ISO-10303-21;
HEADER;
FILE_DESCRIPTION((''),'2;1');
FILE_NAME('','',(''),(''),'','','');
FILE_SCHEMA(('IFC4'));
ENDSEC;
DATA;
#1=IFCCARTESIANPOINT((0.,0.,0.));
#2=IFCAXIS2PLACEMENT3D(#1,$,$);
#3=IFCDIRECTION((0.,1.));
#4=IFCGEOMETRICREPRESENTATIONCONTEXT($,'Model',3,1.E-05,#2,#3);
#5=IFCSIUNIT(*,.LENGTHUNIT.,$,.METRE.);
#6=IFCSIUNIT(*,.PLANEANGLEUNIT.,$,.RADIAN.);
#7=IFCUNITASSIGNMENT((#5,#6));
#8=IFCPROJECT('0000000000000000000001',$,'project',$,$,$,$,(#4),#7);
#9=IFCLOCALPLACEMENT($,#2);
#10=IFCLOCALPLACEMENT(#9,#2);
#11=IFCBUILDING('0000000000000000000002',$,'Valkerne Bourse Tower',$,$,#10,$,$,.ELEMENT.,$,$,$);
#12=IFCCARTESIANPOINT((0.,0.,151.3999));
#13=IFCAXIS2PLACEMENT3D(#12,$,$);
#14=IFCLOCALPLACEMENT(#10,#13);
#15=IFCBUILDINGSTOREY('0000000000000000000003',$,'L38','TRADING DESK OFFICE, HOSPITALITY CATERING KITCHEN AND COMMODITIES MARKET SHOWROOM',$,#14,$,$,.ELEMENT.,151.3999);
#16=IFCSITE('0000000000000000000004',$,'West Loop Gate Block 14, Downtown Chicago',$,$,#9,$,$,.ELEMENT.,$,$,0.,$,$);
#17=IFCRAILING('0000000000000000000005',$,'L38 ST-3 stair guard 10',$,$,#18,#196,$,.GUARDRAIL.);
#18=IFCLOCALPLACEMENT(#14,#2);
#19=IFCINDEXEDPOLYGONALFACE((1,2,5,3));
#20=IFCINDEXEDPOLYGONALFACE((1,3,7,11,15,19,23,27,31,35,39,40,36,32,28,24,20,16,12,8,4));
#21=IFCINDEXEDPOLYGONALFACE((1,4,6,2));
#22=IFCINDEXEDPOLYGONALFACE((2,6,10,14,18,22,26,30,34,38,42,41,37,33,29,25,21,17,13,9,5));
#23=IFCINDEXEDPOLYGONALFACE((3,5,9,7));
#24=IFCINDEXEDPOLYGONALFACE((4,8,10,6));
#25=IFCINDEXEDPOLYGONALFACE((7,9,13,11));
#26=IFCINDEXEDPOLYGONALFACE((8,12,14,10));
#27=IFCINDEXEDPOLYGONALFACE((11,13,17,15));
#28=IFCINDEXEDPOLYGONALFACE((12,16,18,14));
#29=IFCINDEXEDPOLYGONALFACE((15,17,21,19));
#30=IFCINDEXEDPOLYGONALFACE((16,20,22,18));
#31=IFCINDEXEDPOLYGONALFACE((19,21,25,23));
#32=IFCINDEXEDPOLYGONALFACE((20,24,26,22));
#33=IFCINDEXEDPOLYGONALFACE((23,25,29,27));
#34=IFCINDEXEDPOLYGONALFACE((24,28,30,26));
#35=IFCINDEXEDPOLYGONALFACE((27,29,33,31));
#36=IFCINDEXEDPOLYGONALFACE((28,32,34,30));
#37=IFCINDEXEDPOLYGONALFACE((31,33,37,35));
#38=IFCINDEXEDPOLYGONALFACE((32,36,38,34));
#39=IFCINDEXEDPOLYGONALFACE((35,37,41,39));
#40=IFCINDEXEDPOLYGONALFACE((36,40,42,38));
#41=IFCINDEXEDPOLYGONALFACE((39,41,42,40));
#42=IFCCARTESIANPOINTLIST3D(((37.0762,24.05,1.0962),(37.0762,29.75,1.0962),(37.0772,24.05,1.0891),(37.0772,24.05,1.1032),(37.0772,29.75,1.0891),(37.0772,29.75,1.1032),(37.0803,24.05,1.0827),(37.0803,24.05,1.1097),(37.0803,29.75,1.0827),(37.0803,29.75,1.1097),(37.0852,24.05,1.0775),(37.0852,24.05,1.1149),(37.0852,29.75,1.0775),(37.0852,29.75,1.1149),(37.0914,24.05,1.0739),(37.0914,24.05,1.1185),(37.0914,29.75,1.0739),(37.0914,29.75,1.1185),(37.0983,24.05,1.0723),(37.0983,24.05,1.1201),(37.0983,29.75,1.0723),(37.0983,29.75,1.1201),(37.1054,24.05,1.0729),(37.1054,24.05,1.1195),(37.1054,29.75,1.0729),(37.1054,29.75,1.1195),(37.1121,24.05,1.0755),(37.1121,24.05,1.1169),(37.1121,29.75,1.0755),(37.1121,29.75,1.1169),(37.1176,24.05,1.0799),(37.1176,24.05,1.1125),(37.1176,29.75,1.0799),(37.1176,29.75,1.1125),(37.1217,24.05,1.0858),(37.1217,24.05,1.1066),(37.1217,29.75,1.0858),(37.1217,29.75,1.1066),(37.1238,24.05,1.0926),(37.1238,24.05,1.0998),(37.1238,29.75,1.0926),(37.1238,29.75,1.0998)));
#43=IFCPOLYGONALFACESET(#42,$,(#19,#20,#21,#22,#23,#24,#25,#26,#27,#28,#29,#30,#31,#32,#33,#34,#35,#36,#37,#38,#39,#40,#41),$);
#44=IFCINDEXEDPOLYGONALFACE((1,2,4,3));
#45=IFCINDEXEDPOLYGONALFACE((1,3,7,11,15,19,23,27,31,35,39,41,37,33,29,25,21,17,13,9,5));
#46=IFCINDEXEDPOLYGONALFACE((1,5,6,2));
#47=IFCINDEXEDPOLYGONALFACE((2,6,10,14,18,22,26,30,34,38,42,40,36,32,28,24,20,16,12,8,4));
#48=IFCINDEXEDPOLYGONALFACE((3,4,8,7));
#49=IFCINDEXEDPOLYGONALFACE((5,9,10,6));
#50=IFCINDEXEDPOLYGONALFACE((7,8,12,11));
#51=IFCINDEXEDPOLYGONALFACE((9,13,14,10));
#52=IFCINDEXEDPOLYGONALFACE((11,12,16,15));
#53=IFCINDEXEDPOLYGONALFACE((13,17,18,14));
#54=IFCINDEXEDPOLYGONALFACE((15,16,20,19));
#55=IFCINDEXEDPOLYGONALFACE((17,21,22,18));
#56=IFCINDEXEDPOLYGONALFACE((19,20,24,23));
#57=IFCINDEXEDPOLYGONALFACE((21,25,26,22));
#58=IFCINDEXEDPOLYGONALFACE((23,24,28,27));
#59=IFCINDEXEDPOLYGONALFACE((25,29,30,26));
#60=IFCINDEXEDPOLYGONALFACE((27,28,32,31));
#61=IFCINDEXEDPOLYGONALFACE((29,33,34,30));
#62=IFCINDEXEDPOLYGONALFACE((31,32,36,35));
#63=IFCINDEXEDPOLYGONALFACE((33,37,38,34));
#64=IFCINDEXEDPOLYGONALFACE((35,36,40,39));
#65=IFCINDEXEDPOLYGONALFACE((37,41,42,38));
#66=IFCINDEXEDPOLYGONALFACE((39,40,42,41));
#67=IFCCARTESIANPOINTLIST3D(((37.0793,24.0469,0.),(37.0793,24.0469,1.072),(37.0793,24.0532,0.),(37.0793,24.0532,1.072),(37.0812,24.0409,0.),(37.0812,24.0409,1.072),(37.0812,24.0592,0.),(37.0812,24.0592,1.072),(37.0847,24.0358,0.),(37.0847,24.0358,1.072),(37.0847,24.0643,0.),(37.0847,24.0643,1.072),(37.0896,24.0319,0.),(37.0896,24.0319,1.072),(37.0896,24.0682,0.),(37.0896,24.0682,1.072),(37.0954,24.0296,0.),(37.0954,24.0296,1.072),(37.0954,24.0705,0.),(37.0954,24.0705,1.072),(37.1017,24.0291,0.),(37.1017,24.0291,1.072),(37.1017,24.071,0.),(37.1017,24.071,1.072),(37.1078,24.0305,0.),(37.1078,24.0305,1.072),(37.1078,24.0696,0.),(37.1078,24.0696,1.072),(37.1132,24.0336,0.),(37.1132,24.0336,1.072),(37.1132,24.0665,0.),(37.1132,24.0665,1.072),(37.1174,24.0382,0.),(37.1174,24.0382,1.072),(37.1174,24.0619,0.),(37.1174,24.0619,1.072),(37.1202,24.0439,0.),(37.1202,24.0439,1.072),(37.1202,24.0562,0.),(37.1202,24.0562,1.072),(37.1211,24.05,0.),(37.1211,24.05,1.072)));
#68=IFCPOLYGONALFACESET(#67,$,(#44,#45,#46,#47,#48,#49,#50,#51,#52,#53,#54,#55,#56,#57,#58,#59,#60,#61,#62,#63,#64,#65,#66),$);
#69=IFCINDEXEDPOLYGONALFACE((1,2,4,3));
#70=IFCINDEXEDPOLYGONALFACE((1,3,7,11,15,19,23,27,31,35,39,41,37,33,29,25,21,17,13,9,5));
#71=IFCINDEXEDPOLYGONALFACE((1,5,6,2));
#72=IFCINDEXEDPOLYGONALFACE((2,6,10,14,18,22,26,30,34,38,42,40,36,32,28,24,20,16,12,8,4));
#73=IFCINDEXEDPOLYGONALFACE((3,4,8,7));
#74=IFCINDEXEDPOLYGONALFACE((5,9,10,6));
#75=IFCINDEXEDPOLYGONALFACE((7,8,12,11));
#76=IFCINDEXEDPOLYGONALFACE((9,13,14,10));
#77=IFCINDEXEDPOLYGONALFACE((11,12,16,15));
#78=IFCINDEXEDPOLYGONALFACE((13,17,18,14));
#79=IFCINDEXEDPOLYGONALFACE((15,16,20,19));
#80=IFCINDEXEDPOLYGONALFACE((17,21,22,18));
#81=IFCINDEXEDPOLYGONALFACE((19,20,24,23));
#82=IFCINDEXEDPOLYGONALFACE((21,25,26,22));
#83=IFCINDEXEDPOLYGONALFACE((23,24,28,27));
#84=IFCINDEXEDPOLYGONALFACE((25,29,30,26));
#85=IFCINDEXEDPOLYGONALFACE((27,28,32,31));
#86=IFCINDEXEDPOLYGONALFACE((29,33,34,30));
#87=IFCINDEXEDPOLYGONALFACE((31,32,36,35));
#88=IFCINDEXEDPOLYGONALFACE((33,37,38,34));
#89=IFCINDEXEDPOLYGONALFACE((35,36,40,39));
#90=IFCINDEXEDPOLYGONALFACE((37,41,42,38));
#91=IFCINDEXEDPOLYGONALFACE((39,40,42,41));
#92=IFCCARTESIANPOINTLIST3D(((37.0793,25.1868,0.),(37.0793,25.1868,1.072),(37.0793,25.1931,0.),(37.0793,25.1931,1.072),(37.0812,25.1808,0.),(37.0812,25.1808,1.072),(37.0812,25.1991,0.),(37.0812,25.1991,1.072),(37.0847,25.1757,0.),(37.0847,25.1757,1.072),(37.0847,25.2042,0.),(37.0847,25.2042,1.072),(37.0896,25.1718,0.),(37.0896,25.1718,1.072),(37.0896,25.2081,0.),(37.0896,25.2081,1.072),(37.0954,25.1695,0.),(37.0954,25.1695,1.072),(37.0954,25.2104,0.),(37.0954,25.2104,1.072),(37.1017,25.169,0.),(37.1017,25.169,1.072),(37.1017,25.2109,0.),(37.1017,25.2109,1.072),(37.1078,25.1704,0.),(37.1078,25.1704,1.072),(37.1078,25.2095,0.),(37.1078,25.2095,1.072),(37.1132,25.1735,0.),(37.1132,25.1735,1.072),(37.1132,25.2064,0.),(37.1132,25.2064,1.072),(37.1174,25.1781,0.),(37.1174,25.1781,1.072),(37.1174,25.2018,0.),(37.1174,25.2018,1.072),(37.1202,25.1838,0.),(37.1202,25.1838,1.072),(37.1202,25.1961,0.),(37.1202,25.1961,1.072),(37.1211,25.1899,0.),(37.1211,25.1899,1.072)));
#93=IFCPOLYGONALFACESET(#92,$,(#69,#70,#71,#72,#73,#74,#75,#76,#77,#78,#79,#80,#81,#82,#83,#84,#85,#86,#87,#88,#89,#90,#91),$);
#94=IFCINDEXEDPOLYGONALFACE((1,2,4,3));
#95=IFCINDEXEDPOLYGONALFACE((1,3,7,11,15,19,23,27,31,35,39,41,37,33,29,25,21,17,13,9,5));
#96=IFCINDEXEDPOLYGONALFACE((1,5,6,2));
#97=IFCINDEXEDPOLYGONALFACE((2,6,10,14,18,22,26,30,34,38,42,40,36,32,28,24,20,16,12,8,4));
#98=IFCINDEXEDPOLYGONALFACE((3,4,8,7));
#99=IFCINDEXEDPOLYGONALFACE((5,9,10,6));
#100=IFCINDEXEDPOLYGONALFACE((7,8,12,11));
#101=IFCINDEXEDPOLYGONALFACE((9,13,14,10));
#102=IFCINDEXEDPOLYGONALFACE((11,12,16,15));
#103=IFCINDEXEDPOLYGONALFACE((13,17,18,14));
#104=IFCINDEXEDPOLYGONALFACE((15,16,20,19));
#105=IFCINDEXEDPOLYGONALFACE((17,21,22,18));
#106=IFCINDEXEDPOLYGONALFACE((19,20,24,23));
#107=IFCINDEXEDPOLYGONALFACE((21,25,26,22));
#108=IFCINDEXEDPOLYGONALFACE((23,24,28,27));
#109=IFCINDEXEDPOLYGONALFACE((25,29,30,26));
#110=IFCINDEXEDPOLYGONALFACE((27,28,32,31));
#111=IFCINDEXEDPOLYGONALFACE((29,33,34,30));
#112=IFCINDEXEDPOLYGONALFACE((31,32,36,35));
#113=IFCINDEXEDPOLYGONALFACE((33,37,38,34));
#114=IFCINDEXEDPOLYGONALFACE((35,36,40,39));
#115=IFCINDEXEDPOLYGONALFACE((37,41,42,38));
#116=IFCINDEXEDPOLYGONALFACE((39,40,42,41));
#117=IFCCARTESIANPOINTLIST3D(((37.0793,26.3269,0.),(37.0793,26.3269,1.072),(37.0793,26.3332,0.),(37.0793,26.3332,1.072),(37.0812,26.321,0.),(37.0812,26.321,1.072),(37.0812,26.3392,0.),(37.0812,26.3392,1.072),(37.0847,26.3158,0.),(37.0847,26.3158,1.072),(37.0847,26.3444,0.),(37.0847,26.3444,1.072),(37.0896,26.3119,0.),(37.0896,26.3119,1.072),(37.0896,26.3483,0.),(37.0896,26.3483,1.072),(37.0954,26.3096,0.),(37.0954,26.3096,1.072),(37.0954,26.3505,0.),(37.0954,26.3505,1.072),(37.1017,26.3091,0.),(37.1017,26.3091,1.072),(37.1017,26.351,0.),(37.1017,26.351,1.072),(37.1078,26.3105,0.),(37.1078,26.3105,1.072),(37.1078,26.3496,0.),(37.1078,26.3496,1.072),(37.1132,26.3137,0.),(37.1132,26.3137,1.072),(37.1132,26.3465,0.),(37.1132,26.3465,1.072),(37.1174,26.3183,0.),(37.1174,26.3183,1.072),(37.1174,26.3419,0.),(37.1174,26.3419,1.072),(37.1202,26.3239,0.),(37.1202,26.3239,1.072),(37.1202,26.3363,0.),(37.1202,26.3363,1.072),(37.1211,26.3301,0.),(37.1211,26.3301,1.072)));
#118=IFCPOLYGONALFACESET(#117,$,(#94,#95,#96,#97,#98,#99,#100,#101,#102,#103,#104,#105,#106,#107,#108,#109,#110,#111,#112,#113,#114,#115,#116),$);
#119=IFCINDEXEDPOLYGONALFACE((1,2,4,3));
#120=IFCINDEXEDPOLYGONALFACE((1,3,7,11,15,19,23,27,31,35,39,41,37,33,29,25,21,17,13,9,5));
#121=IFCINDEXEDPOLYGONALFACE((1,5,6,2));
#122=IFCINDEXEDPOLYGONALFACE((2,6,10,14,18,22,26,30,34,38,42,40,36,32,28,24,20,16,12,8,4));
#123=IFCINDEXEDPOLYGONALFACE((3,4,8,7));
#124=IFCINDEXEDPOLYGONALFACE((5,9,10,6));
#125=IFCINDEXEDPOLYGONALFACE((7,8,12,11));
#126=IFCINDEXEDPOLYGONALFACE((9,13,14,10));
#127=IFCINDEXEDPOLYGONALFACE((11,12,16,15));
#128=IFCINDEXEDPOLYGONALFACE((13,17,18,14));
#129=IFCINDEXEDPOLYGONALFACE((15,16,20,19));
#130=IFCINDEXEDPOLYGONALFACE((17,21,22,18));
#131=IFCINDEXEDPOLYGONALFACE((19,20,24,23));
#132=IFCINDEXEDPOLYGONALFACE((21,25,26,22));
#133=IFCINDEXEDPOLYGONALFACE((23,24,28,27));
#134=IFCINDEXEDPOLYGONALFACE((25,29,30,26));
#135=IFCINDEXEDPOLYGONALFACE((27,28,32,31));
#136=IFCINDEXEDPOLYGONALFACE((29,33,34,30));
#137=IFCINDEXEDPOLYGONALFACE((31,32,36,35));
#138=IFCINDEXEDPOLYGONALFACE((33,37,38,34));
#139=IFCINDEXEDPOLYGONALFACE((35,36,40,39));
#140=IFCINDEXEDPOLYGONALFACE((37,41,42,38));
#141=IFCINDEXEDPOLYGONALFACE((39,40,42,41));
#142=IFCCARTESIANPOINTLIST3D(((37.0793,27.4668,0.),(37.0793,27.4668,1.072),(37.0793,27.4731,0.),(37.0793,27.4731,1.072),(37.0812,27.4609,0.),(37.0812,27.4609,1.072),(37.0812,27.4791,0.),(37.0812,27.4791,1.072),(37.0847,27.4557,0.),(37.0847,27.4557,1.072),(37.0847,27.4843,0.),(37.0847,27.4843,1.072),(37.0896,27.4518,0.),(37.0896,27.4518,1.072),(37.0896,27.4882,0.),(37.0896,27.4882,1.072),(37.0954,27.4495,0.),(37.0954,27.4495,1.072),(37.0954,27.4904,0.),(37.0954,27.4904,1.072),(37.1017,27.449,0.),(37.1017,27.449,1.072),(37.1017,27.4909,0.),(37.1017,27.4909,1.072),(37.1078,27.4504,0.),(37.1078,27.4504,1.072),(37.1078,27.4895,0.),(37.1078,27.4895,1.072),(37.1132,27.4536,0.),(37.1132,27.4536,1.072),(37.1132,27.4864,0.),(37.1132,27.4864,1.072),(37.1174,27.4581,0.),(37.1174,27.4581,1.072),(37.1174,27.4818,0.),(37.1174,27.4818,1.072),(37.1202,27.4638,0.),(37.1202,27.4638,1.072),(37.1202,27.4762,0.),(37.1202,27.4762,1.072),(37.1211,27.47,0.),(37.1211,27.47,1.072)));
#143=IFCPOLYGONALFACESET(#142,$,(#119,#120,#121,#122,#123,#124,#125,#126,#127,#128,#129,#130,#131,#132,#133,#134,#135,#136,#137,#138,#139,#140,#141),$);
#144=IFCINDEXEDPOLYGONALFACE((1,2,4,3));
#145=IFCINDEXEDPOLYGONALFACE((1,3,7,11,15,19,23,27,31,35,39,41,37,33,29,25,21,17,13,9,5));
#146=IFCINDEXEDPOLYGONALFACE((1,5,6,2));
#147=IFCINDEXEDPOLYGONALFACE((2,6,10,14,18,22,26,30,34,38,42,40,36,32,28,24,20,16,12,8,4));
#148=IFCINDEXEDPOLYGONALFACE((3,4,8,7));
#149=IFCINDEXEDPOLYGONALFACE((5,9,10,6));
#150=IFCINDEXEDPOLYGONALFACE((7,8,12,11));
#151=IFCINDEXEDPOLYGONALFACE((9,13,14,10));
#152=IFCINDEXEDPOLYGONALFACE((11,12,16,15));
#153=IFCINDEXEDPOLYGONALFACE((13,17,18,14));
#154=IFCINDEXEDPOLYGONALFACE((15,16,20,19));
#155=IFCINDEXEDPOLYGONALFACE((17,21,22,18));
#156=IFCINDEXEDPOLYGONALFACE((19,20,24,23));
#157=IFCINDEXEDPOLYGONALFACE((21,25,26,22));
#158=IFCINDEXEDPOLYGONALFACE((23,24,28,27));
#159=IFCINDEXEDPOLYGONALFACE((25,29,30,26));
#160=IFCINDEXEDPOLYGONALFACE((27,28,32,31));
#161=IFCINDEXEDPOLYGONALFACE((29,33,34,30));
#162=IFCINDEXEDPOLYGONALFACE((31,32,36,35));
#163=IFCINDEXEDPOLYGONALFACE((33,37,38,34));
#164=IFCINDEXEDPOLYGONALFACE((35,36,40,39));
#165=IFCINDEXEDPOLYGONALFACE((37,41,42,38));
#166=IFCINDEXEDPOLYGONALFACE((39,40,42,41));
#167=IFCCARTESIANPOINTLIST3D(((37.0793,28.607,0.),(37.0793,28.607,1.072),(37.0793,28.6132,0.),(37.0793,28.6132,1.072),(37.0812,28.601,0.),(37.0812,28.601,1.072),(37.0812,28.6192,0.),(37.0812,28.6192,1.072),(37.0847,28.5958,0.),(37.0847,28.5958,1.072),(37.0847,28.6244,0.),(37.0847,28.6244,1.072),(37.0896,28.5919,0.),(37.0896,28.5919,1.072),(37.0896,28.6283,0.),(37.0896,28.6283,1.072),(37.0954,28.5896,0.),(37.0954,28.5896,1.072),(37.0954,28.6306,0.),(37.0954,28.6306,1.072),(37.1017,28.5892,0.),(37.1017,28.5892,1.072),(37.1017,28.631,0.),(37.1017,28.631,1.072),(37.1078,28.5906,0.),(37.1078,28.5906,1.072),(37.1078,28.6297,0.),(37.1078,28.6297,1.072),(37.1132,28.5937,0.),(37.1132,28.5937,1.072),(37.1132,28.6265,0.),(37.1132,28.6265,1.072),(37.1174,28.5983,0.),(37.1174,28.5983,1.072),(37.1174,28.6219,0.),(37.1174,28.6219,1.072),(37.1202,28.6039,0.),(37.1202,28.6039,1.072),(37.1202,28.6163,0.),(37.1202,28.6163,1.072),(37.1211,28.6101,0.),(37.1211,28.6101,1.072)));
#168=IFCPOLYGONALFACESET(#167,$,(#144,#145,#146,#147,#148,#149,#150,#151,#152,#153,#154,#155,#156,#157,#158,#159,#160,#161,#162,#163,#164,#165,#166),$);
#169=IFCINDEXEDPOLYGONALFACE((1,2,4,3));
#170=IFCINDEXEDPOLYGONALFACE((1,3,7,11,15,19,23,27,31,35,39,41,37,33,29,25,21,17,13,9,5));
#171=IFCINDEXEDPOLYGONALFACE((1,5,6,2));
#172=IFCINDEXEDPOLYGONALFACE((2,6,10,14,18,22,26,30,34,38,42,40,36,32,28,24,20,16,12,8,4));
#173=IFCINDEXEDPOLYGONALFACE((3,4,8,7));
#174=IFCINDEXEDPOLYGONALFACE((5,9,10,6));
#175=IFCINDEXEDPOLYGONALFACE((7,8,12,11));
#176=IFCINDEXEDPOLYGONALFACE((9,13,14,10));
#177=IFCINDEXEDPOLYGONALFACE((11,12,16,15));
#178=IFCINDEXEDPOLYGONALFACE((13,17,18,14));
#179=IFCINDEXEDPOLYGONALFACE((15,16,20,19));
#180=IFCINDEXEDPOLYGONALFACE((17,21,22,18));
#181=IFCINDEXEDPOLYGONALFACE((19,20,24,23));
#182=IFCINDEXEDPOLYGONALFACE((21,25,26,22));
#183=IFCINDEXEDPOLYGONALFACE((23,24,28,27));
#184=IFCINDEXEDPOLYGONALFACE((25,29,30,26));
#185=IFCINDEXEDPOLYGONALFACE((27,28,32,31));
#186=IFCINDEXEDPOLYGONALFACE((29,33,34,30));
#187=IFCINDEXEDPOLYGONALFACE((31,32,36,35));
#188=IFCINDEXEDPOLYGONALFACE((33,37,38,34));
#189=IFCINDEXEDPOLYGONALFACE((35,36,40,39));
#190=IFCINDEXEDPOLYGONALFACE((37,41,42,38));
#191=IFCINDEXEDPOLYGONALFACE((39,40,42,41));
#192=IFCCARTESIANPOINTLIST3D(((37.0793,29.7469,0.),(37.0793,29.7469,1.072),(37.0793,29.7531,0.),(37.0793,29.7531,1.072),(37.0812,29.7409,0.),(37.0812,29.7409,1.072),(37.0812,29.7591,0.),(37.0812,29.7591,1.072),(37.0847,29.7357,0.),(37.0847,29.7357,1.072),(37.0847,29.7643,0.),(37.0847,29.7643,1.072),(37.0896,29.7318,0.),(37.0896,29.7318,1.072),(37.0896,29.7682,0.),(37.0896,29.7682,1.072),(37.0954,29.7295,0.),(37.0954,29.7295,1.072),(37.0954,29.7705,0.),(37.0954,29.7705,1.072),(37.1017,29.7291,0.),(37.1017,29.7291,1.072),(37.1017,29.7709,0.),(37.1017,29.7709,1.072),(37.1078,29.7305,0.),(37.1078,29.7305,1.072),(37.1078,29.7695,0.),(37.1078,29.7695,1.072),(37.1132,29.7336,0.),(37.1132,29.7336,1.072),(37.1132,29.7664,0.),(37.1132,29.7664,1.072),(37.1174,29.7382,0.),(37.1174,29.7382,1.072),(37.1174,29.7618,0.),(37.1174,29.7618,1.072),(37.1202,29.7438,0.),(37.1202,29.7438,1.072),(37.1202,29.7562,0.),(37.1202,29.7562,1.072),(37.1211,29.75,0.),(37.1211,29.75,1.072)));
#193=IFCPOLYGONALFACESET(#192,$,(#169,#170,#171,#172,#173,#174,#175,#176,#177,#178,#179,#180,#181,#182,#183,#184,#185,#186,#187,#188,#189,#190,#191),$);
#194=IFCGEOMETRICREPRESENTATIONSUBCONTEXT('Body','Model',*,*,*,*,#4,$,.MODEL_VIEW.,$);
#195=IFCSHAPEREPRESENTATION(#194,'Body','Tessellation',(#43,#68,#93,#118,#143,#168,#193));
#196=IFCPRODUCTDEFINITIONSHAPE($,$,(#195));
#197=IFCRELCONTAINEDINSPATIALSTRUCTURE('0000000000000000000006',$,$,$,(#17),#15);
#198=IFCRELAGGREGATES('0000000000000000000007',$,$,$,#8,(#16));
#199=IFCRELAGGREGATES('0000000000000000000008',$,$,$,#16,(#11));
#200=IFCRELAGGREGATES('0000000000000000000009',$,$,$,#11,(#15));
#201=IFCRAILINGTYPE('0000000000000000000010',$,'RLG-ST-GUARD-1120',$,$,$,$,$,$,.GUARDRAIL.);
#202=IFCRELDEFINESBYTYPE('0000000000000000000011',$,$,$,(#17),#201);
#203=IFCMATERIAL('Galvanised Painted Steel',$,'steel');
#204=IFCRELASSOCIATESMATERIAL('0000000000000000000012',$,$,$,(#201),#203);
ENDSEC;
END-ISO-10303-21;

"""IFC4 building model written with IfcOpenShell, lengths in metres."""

from ifc_helpers import new_model, si_unit, direction, frame, origin, origin_2d, place, context, subcontext, project, spatial, circle, extrude, material, type_object, element, save


model = new_model("IFC4")

# Units and contexts
model_context = context("Model", 3, precision=1e-05, world=origin(), true_north=direction((0.0, 1.0)))
body_context = subcontext(model_context, "Body", "Model", "MODEL_VIEW")
ifc_project = project(units=[si_unit("LENGTHUNIT", "METRE"), si_unit("PLANEANGLEUNIT", "RADIAN")], contexts=[model_context])

# Site, building, storey
site_placement = place(None, origin())
site = spatial("IfcSite", under=ifc_project, at=site_placement, Name="West Loop Gate Block 14, Downtown Chicago", CompositionType="ELEMENT", RefElevation=0.0)
building_placement = place(site_placement, origin())
building = spatial("IfcBuilding", under=site, at=building_placement, Name="Valkerne Bourse Tower", CompositionType="ELEMENT")
storey_placement = place(building_placement, frame((0.0, 0.0, 151.3999)))
storey = spatial("IfcBuildingStorey", under=building, at=storey_placement, Name="L38", Description="TRADING DESK OFFICE, HOSPITALITY CATERING KITCHEN AND COMMODITIES MARKET SHOWROOM", CompositionType="ELEMENT", Elevation=151.3999)

# Railing
ifc_material_1 = material(Name="Galvanised Painted Steel", Category="steel")
railing_type_1 = type_object("IfcRailingType", Name="RLG-ST-GUARD-1120", PredefinedType="GUARDRAIL", material=ifc_material_1)
railing_1_placement = place(storey_placement, frame((37.1001, 24.05, 0.0)))
element("IfcRailing", 1, at=railing_1_placement, inside=storey, type_object=railing_type_1, Name="L38 ST-3 stair guard 10", PredefinedType="GUARDRAIL", context=body_context, shape_type="SweptSolid", body=[
    extrude(circle(Radius=0.0239, at=origin_2d()), frame((0.0, 0.0, 1.0962), z_axis=(0.0, 1.0, 0.0), x_axis=(-1.0, 0.0, 0.0)), (0.0, 0.0, 1.0), 5.7),
    extrude(circle(Radius=0.021, at=origin_2d()), origin(), (0.0, 0.0, 1.0), 1.072),
    extrude(circle(Radius=0.021, at=origin_2d()), frame((0.0, 1.1399, 0.0)), (0.0, 0.0, 1.0), 1.072),
    extrude(circle(Radius=0.021, at=origin_2d()), frame((0.0, 2.28, 0.0)), (0.0, 0.0, 1.0), 1.072),
    extrude(circle(Radius=0.021, at=origin_2d()), frame((0.0, 3.4199, 0.0)), (0.0, 0.0, 1.0), 1.072),
    extrude(circle(Radius=0.021, at=origin_2d()), frame((0.0, 4.5601, 0.0)), (0.0, 0.0, 1.0), 1.072),
    extrude(circle(Radius=0.021, at=origin_2d()), frame((0.0, 5.7, 0.0)), (0.0, 0.0, 1.0), 1.072),
])

save(model, "model.ifc")
